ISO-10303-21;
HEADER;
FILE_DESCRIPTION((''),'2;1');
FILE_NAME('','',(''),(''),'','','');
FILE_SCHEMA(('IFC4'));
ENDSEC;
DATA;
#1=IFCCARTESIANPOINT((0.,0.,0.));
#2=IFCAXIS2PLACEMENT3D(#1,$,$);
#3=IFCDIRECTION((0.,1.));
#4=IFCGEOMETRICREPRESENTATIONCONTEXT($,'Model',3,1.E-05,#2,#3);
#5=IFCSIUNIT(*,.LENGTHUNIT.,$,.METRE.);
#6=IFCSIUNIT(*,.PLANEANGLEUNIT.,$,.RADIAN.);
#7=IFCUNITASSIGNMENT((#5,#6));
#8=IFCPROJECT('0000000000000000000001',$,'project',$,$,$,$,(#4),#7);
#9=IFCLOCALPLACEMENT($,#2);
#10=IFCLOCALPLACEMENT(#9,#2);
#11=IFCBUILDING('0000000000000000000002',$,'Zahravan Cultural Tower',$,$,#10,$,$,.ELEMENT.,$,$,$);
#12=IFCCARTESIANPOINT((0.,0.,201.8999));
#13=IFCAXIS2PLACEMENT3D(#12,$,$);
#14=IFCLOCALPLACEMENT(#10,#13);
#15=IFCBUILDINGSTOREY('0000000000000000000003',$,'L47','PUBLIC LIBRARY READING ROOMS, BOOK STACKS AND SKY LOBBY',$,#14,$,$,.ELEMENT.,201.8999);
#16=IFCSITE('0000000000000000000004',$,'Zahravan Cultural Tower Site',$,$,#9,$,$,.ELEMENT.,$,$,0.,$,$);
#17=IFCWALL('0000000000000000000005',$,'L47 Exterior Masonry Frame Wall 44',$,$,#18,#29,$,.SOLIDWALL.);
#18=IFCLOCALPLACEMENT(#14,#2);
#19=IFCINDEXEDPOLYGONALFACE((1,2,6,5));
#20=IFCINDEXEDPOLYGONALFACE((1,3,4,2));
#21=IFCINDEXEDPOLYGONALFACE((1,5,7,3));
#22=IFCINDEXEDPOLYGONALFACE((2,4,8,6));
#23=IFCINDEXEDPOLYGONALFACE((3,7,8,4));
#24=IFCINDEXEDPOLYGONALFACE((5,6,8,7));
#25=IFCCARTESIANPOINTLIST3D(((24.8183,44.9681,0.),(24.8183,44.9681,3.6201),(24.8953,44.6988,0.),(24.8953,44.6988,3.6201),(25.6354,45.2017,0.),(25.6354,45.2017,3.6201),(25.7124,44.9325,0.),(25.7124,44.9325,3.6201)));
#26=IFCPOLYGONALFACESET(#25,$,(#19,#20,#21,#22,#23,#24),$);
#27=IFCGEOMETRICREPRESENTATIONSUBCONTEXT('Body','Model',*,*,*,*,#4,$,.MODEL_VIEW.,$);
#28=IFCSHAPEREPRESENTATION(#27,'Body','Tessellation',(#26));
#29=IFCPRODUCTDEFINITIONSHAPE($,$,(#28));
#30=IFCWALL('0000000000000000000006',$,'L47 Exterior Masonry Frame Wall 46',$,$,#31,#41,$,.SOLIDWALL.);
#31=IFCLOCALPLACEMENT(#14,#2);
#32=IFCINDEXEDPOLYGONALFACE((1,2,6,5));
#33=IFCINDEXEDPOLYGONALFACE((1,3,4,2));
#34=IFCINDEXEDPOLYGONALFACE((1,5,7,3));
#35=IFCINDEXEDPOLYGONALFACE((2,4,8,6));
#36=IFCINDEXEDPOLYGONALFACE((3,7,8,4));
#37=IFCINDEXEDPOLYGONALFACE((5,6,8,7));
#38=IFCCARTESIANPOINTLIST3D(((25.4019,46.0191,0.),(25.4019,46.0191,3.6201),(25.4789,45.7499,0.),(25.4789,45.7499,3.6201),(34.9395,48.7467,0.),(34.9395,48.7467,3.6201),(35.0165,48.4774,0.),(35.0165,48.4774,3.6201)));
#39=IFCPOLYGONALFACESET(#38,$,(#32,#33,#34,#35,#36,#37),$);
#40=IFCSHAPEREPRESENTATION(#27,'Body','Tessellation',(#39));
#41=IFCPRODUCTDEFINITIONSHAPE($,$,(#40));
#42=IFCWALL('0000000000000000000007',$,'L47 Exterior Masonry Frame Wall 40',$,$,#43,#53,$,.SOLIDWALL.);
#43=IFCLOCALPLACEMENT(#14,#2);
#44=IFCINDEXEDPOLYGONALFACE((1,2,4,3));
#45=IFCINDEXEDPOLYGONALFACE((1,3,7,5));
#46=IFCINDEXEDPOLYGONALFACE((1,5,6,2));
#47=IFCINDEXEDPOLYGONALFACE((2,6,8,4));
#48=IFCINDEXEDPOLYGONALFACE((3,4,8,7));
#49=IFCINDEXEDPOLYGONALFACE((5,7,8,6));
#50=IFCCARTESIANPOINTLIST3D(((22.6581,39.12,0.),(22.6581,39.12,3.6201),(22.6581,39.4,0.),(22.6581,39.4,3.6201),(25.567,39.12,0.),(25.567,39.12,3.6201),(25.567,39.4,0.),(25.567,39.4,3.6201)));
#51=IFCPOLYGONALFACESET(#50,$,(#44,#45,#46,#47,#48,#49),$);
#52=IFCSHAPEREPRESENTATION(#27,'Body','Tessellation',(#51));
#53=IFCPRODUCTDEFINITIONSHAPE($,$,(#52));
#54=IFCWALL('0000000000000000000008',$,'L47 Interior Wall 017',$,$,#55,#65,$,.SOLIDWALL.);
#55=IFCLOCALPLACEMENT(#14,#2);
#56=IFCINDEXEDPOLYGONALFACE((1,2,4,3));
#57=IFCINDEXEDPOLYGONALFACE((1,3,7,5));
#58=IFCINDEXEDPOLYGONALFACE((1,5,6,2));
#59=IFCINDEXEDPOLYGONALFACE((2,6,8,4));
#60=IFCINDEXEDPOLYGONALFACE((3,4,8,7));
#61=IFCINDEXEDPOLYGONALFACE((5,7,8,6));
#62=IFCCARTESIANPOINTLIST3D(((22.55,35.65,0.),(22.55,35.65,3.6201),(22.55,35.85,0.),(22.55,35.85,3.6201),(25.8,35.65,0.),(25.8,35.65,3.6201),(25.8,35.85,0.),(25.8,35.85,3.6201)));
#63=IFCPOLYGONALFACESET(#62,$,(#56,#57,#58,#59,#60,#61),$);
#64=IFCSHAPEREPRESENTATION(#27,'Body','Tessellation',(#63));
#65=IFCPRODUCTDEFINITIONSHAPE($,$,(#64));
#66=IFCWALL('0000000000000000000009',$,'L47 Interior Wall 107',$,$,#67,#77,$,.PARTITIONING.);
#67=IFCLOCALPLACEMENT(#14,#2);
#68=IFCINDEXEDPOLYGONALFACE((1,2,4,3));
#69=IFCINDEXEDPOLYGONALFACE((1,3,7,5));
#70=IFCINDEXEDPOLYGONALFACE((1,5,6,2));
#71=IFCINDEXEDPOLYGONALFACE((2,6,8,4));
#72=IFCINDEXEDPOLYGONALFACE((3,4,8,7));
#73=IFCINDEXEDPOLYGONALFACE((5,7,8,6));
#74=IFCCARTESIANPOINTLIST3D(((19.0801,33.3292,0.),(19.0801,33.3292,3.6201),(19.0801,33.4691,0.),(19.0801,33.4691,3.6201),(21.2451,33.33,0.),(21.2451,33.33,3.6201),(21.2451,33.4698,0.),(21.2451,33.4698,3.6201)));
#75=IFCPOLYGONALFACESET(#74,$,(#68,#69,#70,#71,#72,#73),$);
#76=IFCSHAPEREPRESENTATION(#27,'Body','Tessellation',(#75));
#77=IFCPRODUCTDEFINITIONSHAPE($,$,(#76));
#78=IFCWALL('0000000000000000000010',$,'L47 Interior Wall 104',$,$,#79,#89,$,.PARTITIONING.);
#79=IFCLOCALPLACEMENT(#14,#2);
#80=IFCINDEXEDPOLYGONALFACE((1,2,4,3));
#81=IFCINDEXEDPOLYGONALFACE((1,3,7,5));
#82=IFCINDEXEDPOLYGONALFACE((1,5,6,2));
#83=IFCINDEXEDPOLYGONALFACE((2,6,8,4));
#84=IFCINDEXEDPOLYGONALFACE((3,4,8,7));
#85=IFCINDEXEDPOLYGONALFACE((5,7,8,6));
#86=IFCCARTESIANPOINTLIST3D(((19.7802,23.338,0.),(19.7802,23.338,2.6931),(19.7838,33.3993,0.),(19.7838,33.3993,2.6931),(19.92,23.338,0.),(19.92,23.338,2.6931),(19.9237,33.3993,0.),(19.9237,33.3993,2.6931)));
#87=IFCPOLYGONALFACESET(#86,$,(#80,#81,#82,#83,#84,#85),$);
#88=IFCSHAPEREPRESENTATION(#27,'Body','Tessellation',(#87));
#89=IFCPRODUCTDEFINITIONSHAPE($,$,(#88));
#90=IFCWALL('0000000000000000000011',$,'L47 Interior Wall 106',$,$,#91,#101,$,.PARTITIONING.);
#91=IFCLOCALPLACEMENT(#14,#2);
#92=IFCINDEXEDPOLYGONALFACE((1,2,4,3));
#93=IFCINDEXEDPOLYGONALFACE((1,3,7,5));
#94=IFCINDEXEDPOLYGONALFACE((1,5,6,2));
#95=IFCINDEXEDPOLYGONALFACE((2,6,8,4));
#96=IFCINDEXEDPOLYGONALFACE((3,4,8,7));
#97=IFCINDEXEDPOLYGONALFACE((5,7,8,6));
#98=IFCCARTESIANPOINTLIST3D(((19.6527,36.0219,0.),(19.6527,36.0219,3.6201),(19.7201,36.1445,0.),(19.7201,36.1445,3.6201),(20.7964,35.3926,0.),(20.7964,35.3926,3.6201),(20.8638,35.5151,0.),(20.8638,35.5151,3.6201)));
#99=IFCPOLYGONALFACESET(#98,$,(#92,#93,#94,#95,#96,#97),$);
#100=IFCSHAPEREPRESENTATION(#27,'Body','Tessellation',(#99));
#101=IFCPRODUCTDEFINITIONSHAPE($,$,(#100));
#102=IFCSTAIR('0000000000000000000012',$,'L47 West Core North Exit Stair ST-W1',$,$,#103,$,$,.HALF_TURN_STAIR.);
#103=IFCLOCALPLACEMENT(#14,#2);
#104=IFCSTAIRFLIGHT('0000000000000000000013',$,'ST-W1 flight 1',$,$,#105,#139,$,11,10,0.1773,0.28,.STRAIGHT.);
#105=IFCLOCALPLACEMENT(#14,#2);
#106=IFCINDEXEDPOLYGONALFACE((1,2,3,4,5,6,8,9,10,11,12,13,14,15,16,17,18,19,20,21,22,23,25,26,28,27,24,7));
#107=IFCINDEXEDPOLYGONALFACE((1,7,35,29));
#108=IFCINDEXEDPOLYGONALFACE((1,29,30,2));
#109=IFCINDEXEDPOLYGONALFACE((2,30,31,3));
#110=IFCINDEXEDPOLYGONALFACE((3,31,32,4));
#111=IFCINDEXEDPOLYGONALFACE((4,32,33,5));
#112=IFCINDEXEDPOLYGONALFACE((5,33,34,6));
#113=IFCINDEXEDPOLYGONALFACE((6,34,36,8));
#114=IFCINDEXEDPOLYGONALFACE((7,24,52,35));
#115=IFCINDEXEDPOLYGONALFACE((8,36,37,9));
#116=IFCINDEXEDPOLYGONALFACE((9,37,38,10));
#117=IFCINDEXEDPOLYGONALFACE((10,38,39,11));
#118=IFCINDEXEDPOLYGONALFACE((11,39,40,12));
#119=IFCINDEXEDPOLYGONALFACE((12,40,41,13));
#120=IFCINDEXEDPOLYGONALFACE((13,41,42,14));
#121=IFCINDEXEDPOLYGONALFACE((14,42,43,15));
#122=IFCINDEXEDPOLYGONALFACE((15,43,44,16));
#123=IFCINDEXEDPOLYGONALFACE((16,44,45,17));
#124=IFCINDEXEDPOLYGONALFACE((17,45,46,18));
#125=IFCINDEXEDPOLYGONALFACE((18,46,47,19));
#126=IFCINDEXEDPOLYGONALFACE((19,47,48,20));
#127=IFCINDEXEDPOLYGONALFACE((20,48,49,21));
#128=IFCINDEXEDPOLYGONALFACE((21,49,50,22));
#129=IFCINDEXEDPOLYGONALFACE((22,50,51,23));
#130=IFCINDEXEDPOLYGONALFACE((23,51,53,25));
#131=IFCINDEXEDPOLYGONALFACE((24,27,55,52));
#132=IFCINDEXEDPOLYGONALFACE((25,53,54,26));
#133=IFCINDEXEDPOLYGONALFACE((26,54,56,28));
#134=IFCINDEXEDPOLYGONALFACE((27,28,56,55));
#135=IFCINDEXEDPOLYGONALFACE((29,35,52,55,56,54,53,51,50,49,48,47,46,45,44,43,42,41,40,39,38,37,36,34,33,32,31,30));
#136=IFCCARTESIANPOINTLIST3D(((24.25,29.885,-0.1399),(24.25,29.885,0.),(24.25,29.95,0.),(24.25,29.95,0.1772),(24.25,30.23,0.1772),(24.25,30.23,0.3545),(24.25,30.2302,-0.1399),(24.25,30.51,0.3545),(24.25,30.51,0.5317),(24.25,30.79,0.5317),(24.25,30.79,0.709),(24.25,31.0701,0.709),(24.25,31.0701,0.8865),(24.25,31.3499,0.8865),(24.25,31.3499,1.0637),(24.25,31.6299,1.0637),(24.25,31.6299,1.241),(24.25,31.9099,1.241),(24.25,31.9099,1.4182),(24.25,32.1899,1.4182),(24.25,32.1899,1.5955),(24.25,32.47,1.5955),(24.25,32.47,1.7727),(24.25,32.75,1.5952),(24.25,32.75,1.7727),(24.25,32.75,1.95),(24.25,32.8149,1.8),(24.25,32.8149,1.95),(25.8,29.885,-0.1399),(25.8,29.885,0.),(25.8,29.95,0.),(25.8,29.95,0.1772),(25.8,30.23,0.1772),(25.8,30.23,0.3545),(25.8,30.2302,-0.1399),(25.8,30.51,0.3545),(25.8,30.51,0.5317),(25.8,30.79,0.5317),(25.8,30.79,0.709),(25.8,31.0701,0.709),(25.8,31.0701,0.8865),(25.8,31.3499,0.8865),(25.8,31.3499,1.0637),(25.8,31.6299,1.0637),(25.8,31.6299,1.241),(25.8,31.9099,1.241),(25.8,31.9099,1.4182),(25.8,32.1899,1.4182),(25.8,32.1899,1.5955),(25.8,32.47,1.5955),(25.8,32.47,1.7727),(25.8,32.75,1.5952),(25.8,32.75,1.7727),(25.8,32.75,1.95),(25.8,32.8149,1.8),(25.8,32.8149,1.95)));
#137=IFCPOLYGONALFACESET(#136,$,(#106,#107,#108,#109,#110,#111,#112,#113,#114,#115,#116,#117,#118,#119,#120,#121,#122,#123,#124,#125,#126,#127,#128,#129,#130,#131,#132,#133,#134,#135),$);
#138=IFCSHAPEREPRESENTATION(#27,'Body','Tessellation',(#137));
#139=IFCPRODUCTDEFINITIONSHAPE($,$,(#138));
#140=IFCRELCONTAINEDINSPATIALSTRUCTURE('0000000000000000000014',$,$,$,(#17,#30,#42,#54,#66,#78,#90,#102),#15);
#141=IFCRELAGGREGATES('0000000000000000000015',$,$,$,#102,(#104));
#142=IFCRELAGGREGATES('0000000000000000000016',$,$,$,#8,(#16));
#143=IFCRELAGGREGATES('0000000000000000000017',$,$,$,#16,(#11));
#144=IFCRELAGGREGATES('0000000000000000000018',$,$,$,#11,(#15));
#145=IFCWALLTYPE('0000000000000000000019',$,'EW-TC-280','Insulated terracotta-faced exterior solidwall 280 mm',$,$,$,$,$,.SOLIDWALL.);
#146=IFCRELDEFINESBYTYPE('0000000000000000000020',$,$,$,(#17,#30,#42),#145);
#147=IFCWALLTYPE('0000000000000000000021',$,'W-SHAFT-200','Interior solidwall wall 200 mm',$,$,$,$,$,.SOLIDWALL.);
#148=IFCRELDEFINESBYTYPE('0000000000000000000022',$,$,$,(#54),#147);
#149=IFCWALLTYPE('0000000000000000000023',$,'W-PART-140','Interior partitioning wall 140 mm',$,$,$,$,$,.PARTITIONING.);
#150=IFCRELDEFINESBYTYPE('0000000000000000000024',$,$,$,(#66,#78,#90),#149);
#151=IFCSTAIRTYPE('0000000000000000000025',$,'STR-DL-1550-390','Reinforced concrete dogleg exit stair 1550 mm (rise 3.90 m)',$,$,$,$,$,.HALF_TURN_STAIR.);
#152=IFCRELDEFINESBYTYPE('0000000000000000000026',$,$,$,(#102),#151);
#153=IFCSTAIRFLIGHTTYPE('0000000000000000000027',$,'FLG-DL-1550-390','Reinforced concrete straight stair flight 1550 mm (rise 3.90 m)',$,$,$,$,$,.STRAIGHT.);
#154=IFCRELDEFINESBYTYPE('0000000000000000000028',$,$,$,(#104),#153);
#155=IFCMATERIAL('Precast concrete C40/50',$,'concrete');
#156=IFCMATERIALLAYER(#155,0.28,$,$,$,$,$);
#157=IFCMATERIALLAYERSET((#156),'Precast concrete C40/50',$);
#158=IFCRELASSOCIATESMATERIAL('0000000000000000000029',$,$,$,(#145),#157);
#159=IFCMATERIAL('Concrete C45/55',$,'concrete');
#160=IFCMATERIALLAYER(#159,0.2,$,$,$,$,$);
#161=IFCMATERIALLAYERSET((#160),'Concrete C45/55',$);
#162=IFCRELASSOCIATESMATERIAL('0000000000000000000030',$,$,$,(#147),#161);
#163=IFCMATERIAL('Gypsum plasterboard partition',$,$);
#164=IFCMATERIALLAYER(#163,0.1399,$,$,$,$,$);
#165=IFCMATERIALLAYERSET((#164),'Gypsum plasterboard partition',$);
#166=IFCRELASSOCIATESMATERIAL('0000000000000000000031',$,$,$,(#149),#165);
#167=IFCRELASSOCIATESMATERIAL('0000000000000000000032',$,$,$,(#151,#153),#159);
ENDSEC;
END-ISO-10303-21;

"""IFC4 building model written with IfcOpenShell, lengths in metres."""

from ifc_helpers import new_model, si_unit, direction, frame, frame_2d, origin, place, context, subcontext, project, spatial, polyline, rectangle, outline, extrude, source, transform, mapped, material, layer, layer_set, type_object, element, aggregate, save


model = new_model("IFC4")

# Units and contexts
model_context = context("Model", 3, precision=1e-05, world=origin(), true_north=direction((0.0, 1.0)))
body_context = subcontext(model_context, "Body", "Model", "MODEL_VIEW")
ifc_project = project(units=[si_unit("LENGTHUNIT", "METRE"), si_unit("PLANEANGLEUNIT", "RADIAN")], contexts=[model_context])

# Site, building, storey
site_placement = place(None, origin())
site = spatial("IfcSite", under=ifc_project, at=site_placement, Name="Zahravan Cultural Tower Site", CompositionType="ELEMENT", RefElevation=0.0)
building_placement = place(site_placement, origin())
building = spatial("IfcBuilding", under=site, at=building_placement, Name="Zahravan Cultural Tower", CompositionType="ELEMENT")
storey_placement = place(building_placement, frame((0.0, 0.0, 201.8999)))
storey = spatial("IfcBuildingStorey", under=building, at=storey_placement, Name="L47", Description="PUBLIC LIBRARY READING ROOMS, BOOK STACKS AND SKY LOBBY", CompositionType="ELEMENT", Elevation=201.8999)

# Shared definitions
ifc_material_1 = material(Name="Precast concrete C40/50", Category="concrete")
ifc_layer_1 = layer(ifc_material_1, 0.28)
ifc_layer_set_1 = layer_set([ifc_layer_1], Name="Precast concrete C40/50")
wall_type_1 = type_object("IfcWallType", Name="EW-TC-280", Description="Insulated terracotta-faced exterior solidwall 280 mm", PredefinedType="SOLIDWALL", material=ifc_layer_set_1)

# Walls
shared_shape_1 = source(origin(), body_context, "Body", "SweptSolid", [
    extrude(rectangle(XDim=0.8499, YDim=0.28, at=frame_2d((0.4248, 0.0))), origin(), (0.0, 0.0, 1.0), 3.6201),
])
for number, where, z_axis, x_axis, name in (
    (1, (24.8569, 44.8335, 0.0), (0.0, 0.0, 1.0), (0.96147, 0.274911, 0.0), "L47 Exterior Masonry Frame Wall 44"),
):
    element("IfcWall", number, at=place(storey_placement, frame(where, z_axis=z_axis, x_axis=x_axis)), inside=storey, type_object=wall_type_1, Name=name, PredefinedType="SOLIDWALL", context=body_context, shape_type="MappedRepresentation", body=[
        mapped(shared_shape_1, transform((0.0, 0.0, 0.0), x_axis=(1.0, 0.0, 0.0), y_axis=(0.0, 1.0, 0.0), z_axis=(0.0, 0.0, 1.0), scale=1.0)),
    ])
shared_shape_2 = source(origin(), body_context, "Body", "SweptSolid", [
    extrude(rectangle(XDim=9.9199, YDim=0.28, at=frame_2d((4.96, 0.0))), origin(), (0.0, 0.0, 1.0), 3.6201),
])
wall_1_placement = place(storey_placement, frame((25.4404, 45.8845, 0.0), z_axis=(0.0, 0.0, 1.0), x_axis=(0.961457, 0.274955, 0.0)))
element("IfcWall", 2, at=wall_1_placement, inside=storey, type_object=wall_type_1, Name="L47 Exterior Masonry Frame Wall 46", PredefinedType="SOLIDWALL", context=body_context, shape_type="MappedRepresentation", body=[
    mapped(shared_shape_2, transform((0.0, 0.0, 0.0), x_axis=(1.0, 0.0, 0.0), y_axis=(0.0, 1.0, 0.0), z_axis=(0.0, 0.0, 1.0), scale=1.0)),
])
shared_shape_3 = source(origin(), body_context, "Body", "SweptSolid", [
    extrude(rectangle(XDim=2.9089, YDim=0.28, at=frame_2d((1.4546, 0.0))), origin(), (0.0, 0.0, 1.0), 3.6201),
])
wall_2_placement = place(storey_placement, frame((22.658, 39.26, 0.0), z_axis=(0.0, 0.0, 1.0), x_axis=(1.0, 0.0, 0.0)))
element("IfcWall", 3, at=wall_2_placement, inside=storey, type_object=wall_type_1, Name="L47 Exterior Masonry Frame Wall 40", PredefinedType="SOLIDWALL", context=body_context, shape_type="MappedRepresentation", body=[
    mapped(shared_shape_3, transform((0.0, 0.0, 0.0), x_axis=(1.0, 0.0, 0.0), y_axis=(0.0, 1.0, 0.0), z_axis=(0.0, 0.0, 1.0), scale=1.0)),
])
ifc_material_2 = material(Name="Concrete C45/55", Category="concrete")
ifc_layer_2 = layer(ifc_material_2, 0.2)
ifc_layer_set_2 = layer_set([ifc_layer_2], Name="Concrete C45/55")
wall_type_2 = type_object("IfcWallType", Name="W-SHAFT-200", Description="Interior solidwall wall 200 mm", PredefinedType="SOLIDWALL", material=ifc_layer_set_2)
shared_shape_4 = source(origin(), body_context, "Body", "SweptSolid", [
    extrude(rectangle(XDim=3.25, YDim=0.2, at=frame_2d((1.625, 0.0))), origin(), (0.0, 0.0, 1.0), 3.6201),
])
wall_3_placement = place(storey_placement, frame((22.55, 35.75, 0.0), z_axis=(0.0, 0.0, 1.0), x_axis=(1.0, 0.0, 0.0)))
element("IfcWall", 4, at=wall_3_placement, inside=storey, type_object=wall_type_2, Name="L47 Interior Wall 017", PredefinedType="SOLIDWALL", context=body_context, shape_type="MappedRepresentation", body=[
    mapped(shared_shape_4, transform((0.0, 0.0, 0.0), x_axis=(1.0, 0.0, 0.0), y_axis=(0.0, 1.0, 0.0), z_axis=(0.0, 0.0, 1.0), scale=1.0)),
])
ifc_material_3 = material(Name="Gypsum plasterboard partition")
ifc_layer_3 = layer(ifc_material_3, 0.1399)
ifc_layer_set_3 = layer_set([ifc_layer_3], Name="Gypsum plasterboard partition")
wall_type_3 = type_object("IfcWallType", Name="W-PART-140", Description="Interior partitioning wall 140 mm", PredefinedType="PARTITIONING", material=ifc_layer_set_3)
shared_shape_5 = source(origin(), body_context, "Body", "SweptSolid", [
    extrude(rectangle(XDim=2.165, YDim=0.1399, at=frame_2d((1.0825, 0.0))), origin(), (0.0, 0.0, 1.0), 3.6201),
])
wall_4_placement = place(storey_placement, frame((21.2451, 33.3999, 0.0), z_axis=(0.0, 0.0, 1.0), x_axis=(-1.0, -0.000338, 0.0)))
element("IfcWall", 5, at=wall_4_placement, inside=storey, type_object=wall_type_3, Name="L47 Interior Wall 107", PredefinedType="PARTITIONING", context=body_context, shape_type="MappedRepresentation", body=[
    mapped(shared_shape_5, transform((0.0, 0.0, 0.0), x_axis=(1.0, 0.0, 0.0), y_axis=(0.0, 1.0, 0.0), z_axis=(0.0, 0.0, 1.0), scale=1.0)),
])
shared_shape_6 = source(origin(), body_context, "Body", "SweptSolid", [
    extrude(rectangle(XDim=10.0613, YDim=0.1399, at=frame_2d((5.0308, 0.0))), origin(), (0.0, 0.0, 1.0), 2.6931),
])
wall_5_placement = place(storey_placement, frame((19.8538, 33.3994, 0.0), z_axis=(0.0, 0.0, 1.0), x_axis=(-0.000364, -1.0, 0.0)))
element("IfcWall", 6, at=wall_5_placement, inside=storey, type_object=wall_type_3, Name="L47 Interior Wall 104", PredefinedType="PARTITIONING", context=body_context, shape_type="MappedRepresentation", body=[
    mapped(shared_shape_6, transform((0.0, 0.0, 0.0), x_axis=(1.0, 0.0, 0.0), y_axis=(0.0, 1.0, 0.0), z_axis=(0.0, 0.0, 1.0), scale=1.0)),
])
shared_shape_7 = source(origin(), body_context, "Body", "SweptSolid", [
    extrude(rectangle(XDim=1.3054, YDim=0.1399, at=frame_2d((0.6528, 0.0))), origin(), (0.0, 0.0, 1.0), 3.6201),
])
wall_6_placement = place(storey_placement, frame((19.6863, 36.0833, 0.0), z_axis=(0.0, 0.0, 1.0), x_axis=(0.876117, -0.482098, 0.0)))
element("IfcWall", 7, at=wall_6_placement, inside=storey, type_object=wall_type_3, Name="L47 Interior Wall 106", PredefinedType="PARTITIONING", context=body_context, shape_type="MappedRepresentation", body=[
    mapped(shared_shape_7, transform((0.0, 0.0, 0.0), x_axis=(1.0, 0.0, 0.0), y_axis=(0.0, 1.0, 0.0), z_axis=(0.0, 0.0, 1.0), scale=1.0)),
])

# Stair, stair flight
stair_type = type_object("IfcStairType", Name="STR-DL-1550-390", Description="Reinforced concrete dogleg exit stair 1550 mm (rise 3.90 m)", PredefinedType="HALF_TURN_STAIR", material=ifc_material_2)
stair_placement = place(storey_placement, origin())
stair = element("IfcStair", 8, at=stair_placement, inside=storey, type_object=stair_type, Name="L47 West Core North Exit Stair ST-W1", PredefinedType="HALF_TURN_STAIR")
stair_flight_type = type_object("IfcStairFlightType", Name="FLG-DL-1550-390", Description="Reinforced concrete straight stair flight 1550 mm (rise 3.90 m)", PredefinedType="STRAIGHT", material=ifc_material_2)
stair_flight_1_placement = place(storey_placement, frame((25.0249, 29.95, 0.0), z_axis=(0.0, 0.0, 1.0), x_axis=(0.0, 1.0, 0.0)))
stair_flight_1 = element("IfcStairFlight", 9, at=stair_flight_1_placement, type_object=stair_flight_type, Name="ST-W1 flight 1", NumberOfRisers=11, NumberOfTreads=10, PredefinedType="STRAIGHT", RiserHeight=0.1773, TreadLength=0.28, context=body_context, shape_type="SweptSolid", body=[
    extrude(outline(polyline([(-0.0649, -0.1399), (-0.0649, 0.0), (0.0, 0.0), (0.0, 0.1772), (0.28, 0.1772), (0.28, 0.3545), (0.5601, 0.3545), (0.5601, 0.5317), (0.8401, 0.5317), (0.8401, 0.709), (1.1201, 0.709), (1.1201, 0.8865), (1.3999, 0.8865), (1.3999, 1.0637), (1.6799, 1.0637), (1.6799, 1.241), (1.96, 1.241), (1.96, 1.4182), (2.24, 1.4182), (2.24, 1.5955), (2.52, 1.5955), (2.52, 1.7727), (2.8, 1.7727), (2.8, 1.95), (2.865, 1.95), (2.865, 1.8), (2.8, 1.5952), (0.2803, -0.1399), (-0.0649, -0.1399)])), frame((0.0, 0.7749, 0.0), z_axis=(0.0, -1.0, 0.0), x_axis=(1.0, 0.0, 0.0)), (0.0, 0.0, 1.0), 1.55),
])
aggregate(stair, [stair_flight_1])

save(model, "model.ifc")
